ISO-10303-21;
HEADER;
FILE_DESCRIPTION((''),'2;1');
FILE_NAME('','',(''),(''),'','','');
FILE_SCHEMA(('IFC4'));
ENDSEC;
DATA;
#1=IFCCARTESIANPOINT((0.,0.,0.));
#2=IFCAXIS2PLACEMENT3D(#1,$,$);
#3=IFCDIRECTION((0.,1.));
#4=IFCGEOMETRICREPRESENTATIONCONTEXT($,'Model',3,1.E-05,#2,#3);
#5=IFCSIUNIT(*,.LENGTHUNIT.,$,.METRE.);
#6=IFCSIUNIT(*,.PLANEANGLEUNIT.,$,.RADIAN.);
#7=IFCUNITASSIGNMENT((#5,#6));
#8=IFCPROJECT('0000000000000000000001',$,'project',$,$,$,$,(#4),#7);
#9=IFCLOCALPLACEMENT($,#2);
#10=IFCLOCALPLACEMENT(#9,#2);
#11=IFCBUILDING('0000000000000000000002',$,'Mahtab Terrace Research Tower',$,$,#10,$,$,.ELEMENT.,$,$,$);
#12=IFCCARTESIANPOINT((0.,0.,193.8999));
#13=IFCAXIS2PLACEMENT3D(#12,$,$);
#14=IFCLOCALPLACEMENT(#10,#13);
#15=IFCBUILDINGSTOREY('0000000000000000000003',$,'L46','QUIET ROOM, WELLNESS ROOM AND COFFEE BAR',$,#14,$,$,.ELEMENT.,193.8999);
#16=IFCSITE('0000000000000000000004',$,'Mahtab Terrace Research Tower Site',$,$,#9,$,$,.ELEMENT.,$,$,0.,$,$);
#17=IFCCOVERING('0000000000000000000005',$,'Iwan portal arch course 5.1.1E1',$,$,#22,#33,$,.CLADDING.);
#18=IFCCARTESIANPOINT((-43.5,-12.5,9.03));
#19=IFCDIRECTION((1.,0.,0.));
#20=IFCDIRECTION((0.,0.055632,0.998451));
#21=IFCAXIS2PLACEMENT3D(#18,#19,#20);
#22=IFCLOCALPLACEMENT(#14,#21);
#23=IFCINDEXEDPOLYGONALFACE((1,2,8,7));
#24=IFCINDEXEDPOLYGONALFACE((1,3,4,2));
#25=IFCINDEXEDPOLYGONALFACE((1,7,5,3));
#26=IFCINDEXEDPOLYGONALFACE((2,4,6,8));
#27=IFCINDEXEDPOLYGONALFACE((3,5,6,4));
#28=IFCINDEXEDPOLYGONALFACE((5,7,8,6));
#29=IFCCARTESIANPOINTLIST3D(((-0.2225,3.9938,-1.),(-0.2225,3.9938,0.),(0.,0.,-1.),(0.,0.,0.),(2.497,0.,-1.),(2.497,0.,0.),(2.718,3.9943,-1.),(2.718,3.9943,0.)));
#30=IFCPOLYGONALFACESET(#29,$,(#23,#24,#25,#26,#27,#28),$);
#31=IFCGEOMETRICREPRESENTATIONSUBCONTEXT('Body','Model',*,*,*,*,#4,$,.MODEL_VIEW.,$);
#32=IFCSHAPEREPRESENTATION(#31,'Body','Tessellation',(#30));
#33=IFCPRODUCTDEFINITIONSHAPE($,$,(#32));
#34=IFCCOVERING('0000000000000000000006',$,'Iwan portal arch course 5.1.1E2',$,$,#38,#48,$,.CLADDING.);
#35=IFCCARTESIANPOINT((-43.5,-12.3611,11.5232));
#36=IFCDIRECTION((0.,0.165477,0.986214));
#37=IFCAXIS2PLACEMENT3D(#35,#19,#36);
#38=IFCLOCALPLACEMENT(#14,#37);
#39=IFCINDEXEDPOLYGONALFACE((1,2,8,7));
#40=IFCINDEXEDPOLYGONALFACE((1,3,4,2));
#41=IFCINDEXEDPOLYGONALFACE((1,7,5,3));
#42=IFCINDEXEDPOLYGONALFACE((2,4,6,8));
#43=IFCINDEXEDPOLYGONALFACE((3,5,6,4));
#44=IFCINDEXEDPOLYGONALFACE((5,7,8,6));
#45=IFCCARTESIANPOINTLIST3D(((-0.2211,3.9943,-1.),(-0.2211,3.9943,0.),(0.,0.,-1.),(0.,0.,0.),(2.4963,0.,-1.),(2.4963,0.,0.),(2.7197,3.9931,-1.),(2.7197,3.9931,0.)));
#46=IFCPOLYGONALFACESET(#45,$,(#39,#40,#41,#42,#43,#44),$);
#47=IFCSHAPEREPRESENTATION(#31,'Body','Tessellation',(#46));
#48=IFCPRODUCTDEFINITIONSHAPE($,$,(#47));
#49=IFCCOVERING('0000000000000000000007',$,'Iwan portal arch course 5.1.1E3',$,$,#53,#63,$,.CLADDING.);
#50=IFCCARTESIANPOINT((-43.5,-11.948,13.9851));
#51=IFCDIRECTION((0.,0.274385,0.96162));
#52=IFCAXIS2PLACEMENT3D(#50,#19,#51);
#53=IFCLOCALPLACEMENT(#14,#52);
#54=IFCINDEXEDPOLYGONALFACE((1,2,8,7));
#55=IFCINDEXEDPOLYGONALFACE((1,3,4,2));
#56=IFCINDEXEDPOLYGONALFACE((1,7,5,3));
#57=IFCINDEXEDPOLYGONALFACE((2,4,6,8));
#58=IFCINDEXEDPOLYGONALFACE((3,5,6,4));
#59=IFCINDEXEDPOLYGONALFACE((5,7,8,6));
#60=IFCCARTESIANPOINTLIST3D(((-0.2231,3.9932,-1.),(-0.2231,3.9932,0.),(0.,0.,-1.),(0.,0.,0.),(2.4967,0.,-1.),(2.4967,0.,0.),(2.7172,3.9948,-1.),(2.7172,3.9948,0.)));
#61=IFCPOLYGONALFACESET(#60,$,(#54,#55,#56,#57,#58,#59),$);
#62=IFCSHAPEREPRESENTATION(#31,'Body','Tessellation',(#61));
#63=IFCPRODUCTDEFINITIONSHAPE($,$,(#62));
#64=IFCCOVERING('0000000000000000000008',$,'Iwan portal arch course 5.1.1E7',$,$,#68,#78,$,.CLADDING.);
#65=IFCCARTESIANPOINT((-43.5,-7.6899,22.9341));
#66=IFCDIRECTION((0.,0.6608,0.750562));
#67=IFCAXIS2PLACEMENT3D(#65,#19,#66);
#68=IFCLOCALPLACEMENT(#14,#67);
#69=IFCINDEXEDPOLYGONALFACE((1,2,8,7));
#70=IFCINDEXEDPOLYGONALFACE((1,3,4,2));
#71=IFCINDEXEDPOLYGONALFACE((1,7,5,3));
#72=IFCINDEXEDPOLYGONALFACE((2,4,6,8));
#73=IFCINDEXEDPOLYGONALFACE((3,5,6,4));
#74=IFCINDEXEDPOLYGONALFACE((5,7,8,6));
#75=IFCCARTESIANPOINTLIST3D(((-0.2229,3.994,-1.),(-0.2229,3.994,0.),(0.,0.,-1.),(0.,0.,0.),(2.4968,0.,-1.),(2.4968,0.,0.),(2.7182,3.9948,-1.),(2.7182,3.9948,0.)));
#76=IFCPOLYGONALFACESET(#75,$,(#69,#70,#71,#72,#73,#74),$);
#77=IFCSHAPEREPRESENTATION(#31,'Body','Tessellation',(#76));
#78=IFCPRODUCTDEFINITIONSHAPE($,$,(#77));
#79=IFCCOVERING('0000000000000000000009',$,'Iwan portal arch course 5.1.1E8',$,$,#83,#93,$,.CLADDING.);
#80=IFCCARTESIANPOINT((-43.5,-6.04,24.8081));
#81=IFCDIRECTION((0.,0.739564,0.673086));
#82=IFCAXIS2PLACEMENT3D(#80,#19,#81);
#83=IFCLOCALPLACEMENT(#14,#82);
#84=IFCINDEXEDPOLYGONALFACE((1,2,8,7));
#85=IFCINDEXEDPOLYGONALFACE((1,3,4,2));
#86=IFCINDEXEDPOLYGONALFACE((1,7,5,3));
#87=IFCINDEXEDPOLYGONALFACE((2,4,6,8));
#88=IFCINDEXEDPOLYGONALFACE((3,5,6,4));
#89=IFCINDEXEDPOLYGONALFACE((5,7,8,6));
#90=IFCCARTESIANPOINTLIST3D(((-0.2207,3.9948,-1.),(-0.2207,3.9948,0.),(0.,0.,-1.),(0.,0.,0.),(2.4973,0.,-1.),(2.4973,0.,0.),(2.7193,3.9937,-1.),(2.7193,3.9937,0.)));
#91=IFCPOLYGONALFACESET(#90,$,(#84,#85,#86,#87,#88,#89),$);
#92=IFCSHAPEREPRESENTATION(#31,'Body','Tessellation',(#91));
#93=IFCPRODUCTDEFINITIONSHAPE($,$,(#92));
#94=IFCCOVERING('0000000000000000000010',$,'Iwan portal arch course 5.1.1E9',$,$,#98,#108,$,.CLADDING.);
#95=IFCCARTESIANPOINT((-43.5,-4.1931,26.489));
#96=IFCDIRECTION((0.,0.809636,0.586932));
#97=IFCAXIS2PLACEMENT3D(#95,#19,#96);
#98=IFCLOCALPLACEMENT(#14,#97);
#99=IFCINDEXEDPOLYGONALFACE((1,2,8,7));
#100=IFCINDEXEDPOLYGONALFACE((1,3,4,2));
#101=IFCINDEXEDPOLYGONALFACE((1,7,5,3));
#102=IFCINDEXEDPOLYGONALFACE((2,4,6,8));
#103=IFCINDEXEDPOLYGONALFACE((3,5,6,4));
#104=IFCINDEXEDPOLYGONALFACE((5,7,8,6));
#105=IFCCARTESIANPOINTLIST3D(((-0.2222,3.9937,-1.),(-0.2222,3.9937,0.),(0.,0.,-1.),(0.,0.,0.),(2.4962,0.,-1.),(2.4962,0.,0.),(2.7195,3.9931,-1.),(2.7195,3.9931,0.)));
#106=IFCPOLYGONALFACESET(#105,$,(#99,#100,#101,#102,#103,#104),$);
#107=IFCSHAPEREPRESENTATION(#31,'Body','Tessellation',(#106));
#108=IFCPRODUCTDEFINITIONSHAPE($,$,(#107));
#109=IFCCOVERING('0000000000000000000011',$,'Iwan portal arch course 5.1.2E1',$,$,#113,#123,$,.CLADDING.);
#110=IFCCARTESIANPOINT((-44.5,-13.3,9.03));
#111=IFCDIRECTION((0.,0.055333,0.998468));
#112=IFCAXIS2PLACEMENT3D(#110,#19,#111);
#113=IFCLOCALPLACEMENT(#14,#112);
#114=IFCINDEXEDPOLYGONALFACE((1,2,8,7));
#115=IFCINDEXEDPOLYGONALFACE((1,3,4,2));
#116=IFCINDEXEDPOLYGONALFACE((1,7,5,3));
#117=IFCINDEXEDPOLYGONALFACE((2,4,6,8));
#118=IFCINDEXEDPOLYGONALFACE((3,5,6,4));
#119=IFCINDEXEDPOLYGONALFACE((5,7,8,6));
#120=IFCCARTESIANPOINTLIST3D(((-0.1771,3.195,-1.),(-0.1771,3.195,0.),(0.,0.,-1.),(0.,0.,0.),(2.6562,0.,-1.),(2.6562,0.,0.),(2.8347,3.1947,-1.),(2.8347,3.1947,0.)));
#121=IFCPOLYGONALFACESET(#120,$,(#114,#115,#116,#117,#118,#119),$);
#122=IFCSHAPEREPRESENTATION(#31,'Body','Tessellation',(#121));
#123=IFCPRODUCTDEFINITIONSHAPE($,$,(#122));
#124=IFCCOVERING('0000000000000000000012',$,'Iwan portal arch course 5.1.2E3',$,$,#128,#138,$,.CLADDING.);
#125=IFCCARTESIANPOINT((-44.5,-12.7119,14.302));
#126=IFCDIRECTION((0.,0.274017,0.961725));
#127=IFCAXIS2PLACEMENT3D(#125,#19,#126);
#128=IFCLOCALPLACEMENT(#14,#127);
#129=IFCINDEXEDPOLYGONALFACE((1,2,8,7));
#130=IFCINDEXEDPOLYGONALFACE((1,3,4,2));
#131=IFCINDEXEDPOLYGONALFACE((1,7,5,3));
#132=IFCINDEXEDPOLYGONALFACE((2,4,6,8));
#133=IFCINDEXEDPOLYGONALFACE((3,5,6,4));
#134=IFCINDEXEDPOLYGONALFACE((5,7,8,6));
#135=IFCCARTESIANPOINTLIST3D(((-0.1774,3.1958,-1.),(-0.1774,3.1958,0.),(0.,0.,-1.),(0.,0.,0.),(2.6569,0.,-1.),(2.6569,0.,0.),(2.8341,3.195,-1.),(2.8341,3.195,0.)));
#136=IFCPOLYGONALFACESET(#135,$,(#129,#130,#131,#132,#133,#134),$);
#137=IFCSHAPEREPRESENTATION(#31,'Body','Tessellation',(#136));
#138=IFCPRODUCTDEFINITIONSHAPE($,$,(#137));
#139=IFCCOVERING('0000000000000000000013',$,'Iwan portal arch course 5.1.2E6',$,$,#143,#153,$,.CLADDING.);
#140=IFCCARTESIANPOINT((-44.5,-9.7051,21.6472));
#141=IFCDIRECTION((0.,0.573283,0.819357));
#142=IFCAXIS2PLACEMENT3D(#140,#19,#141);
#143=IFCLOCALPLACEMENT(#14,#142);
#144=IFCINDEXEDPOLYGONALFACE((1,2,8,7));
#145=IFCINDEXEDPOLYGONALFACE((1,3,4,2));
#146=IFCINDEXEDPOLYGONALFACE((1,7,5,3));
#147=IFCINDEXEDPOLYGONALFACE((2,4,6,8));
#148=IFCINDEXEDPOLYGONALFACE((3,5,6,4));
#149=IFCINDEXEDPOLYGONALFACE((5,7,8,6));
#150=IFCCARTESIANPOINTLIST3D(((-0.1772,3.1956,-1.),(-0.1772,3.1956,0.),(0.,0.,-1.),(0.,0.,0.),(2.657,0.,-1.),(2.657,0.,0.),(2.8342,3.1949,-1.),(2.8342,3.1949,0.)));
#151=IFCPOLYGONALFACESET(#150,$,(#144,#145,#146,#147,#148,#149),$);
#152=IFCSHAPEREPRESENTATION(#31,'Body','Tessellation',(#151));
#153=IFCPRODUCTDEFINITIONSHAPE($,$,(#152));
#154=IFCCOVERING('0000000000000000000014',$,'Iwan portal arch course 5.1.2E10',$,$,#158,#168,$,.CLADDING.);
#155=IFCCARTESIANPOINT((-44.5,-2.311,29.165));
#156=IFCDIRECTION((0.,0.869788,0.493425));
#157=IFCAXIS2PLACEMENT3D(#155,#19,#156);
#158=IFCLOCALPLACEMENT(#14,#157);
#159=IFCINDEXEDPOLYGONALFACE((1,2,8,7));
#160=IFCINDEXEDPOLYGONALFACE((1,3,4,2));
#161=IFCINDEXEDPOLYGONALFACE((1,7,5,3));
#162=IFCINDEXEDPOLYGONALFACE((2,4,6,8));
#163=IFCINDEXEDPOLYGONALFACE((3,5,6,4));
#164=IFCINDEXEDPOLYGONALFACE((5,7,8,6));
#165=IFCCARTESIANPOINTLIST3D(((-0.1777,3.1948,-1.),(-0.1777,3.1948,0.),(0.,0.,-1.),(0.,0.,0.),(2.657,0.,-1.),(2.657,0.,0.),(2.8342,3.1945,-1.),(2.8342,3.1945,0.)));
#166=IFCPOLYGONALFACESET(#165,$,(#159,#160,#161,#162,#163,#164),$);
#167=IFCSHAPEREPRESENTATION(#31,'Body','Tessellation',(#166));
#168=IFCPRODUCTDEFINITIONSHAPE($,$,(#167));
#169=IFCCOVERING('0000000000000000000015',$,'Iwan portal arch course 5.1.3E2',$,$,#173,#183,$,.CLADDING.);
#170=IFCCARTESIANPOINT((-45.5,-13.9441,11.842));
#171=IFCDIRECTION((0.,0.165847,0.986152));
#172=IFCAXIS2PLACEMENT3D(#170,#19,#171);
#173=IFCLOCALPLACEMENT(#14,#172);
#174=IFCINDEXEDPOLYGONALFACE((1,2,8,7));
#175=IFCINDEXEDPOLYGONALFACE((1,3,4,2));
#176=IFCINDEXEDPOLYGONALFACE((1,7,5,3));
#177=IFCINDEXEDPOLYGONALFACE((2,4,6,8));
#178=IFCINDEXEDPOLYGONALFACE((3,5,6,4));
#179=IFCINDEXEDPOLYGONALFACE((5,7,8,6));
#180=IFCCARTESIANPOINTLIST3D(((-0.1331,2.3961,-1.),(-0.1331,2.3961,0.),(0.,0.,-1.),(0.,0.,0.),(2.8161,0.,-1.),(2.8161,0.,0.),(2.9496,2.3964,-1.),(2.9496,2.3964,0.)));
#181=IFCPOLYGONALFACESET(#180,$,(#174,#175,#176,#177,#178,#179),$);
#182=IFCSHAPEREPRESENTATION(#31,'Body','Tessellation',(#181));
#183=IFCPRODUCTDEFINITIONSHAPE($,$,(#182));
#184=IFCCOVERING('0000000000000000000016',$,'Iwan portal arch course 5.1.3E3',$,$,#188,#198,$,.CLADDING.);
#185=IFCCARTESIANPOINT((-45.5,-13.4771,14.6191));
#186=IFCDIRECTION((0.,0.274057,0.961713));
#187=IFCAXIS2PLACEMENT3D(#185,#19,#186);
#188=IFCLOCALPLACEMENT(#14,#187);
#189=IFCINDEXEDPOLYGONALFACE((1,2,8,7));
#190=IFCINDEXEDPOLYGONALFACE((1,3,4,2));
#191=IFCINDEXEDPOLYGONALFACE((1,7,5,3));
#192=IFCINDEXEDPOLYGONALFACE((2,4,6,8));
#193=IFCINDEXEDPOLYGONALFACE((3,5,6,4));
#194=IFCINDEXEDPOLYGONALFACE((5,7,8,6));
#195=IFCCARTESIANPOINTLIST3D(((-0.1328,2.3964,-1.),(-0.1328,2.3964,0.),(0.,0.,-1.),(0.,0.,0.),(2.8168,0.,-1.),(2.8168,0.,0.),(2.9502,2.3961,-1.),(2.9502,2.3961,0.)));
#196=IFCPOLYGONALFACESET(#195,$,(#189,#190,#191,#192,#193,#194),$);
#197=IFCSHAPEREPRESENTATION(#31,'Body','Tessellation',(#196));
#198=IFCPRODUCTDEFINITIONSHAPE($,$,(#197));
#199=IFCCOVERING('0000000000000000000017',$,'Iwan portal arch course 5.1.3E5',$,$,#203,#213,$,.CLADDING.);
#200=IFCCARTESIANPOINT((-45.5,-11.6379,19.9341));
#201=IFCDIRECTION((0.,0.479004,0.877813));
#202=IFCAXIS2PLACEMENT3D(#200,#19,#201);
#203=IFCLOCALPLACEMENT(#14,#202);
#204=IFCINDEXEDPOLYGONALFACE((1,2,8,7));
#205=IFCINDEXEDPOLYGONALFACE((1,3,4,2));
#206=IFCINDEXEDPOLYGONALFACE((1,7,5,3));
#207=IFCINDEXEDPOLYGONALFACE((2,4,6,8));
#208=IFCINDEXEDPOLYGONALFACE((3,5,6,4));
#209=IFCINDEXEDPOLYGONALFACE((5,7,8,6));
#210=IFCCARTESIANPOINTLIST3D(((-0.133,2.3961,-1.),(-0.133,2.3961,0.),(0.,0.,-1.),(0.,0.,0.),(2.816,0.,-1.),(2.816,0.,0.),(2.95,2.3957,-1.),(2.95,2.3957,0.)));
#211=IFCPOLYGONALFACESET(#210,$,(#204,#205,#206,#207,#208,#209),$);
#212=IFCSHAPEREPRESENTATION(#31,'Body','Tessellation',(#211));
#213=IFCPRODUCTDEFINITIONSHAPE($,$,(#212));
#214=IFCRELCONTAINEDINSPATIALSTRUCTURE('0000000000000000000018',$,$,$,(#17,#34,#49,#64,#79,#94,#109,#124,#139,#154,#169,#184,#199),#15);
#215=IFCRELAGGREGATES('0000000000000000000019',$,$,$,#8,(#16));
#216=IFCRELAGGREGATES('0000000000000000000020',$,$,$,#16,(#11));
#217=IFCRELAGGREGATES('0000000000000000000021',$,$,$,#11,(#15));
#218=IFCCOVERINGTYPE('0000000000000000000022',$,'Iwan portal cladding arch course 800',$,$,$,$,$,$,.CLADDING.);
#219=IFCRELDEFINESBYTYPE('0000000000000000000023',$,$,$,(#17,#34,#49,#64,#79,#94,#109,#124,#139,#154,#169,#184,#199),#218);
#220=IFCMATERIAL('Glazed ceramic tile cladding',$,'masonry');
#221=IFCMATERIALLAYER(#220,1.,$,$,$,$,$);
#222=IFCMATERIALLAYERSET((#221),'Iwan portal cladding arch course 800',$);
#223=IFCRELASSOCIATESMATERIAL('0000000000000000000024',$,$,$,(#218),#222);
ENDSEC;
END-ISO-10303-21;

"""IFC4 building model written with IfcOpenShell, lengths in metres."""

from ifc_helpers import new_model, si_unit, direction, frame, origin, place, context, subcontext, project, spatial, polyline, outline, extrude, material, layer, layer_set, type_object, element, save


model = new_model("IFC4")

# Units and contexts
model_context = context("Model", 3, precision=1e-05, world=origin(), true_north=direction((0.0, 1.0)))
body_context = subcontext(model_context, "Body", "Model", "MODEL_VIEW")
ifc_project = project(units=[si_unit("LENGTHUNIT", "METRE"), si_unit("PLANEANGLEUNIT", "RADIAN")], contexts=[model_context])

# Site, building, storey
site_placement = place(None, origin())
site = spatial("IfcSite", under=ifc_project, at=site_placement, Name="Mahtab Terrace Research Tower Site", CompositionType="ELEMENT", RefElevation=0.0)
building_placement = place(site_placement, origin())
building = spatial("IfcBuilding", under=site, at=building_placement, Name="Mahtab Terrace Research Tower", CompositionType="ELEMENT")
storey_placement = place(building_placement, frame((0.0, 0.0, 193.8999)))
storey = spatial("IfcBuildingStorey", under=building, at=storey_placement, Name="L46", Description="QUIET ROOM, WELLNESS ROOM AND COFFEE BAR", CompositionType="ELEMENT", Elevation=193.8999)

# Coverings
ifc_material_1 = material(Name="Glazed ceramic tile cladding", Category="masonry")
ifc_layer_1 = layer(ifc_material_1, 1.0)
ifc_layer_set_1 = layer_set([ifc_layer_1], Name="Iwan portal cladding arch course 800")
covering_type_1 = type_object("IfcCoveringType", Name="Iwan portal cladding arch course 800", PredefinedType="CLADDING", material=ifc_layer_set_1)
covering_1_placement = place(storey_placement, frame((-43.5, -12.5, 9.03), z_axis=(1.0, 0.0, 0.0), x_axis=(0.0, 0.055632, 0.998451)))
element("IfcCovering", 1, at=covering_1_placement, inside=storey, type_object=covering_type_1, Name="Iwan portal arch course 5.1.1E1", PredefinedType="CLADDING", context=body_context, shape_type="SweptSolid", body=[
    extrude(outline(polyline([(0.0, 0.0), (2.497, 0.0), (2.718, 3.9943), (-0.2225, 3.9938), (0.0, 0.0)])), origin(), (0.0, 0.0, -1.0), 1.0),
])
covering_2_placement = place(storey_placement, frame((-43.5, -12.3611, 11.5232), z_axis=(1.0, 0.0, 0.0), x_axis=(0.0, 0.165477, 0.986214)))
element("IfcCovering", 2, at=covering_2_placement, inside=storey, type_object=covering_type_1, Name="Iwan portal arch course 5.1.1E2", PredefinedType="CLADDING", context=body_context, shape_type="SweptSolid", body=[
    extrude(outline(polyline([(0.0, 0.0), (2.4963, 0.0), (2.7197, 3.9931), (-0.2211, 3.9943), (0.0, 0.0)])), origin(), (0.0, 0.0, -1.0), 1.0),
])
covering_3_placement = place(storey_placement, frame((-43.5, -11.948, 13.9851), z_axis=(1.0, 0.0, 0.0), x_axis=(0.0, 0.274385, 0.96162)))
element("IfcCovering", 3, at=covering_3_placement, inside=storey, type_object=covering_type_1, Name="Iwan portal arch course 5.1.1E3", PredefinedType="CLADDING", context=body_context, shape_type="SweptSolid", body=[
    extrude(outline(polyline([(0.0, 0.0), (2.4967, 0.0), (2.7172, 3.9948), (-0.2231, 3.9932), (0.0, 0.0)])), origin(), (0.0, 0.0, -1.0), 1.0),
])
covering_4_placement = place(storey_placement, frame((-43.5, -7.6899, 22.9341), z_axis=(1.0, 0.0, 0.0), x_axis=(0.0, 0.6608, 0.750562)))
element("IfcCovering", 4, at=covering_4_placement, inside=storey, type_object=covering_type_1, Name="Iwan portal arch course 5.1.1E7", PredefinedType="CLADDING", context=body_context, shape_type="SweptSolid", body=[
    extrude(outline(polyline([(0.0, 0.0), (2.4968, 0.0), (2.7182, 3.9948), (-0.2229, 3.994), (0.0, 0.0)])), origin(), (0.0, 0.0, -1.0), 1.0),
])
covering_5_placement = place(storey_placement, frame((-43.5, -6.04, 24.8081), z_axis=(1.0, 0.0, 0.0), x_axis=(0.0, 0.739564, 0.673086)))
element("IfcCovering", 5, at=covering_5_placement, inside=storey, type_object=covering_type_1, Name="Iwan portal arch course 5.1.1E8", PredefinedType="CLADDING", context=body_context, shape_type="SweptSolid", body=[
    extrude(outline(polyline([(0.0, 0.0), (2.4973, 0.0), (2.7193, 3.9937), (-0.2207, 3.9948), (0.0, 0.0)])), origin(), (0.0, 0.0, -1.0), 1.0),
])
covering_6_placement = place(storey_placement, frame((-43.5, -4.1931, 26.489), z_axis=(1.0, 0.0, 0.0), x_axis=(0.0, 0.809636, 0.586932)))
element("IfcCovering", 6, at=covering_6_placement, inside=storey, type_object=covering_type_1, Name="Iwan portal arch course 5.1.1E9", PredefinedType="CLADDING", context=body_context, shape_type="SweptSolid", body=[
    extrude(outline(polyline([(0.0, 0.0), (2.4962, 0.0), (2.7195, 3.9931), (-0.2222, 3.9937), (0.0, 0.0)])), origin(), (0.0, 0.0, -1.0), 1.0),
])
covering_7_placement = place(storey_placement, frame((-44.5, -13.3, 9.03), z_axis=(1.0, 0.0, 0.0), x_axis=(0.0, 0.055333, 0.998468)))
element("IfcCovering", 7, at=covering_7_placement, inside=storey, type_object=covering_type_1, Name="Iwan portal arch course 5.1.2E1", PredefinedType="CLADDING", context=body_context, shape_type="SweptSolid", body=[
    extrude(outline(polyline([(0.0, 0.0), (2.6562, 0.0), (2.8347, 3.1947), (-0.1771, 3.195), (0.0, 0.0)])), origin(), (0.0, 0.0, -1.0), 1.0),
])
covering_8_placement = place(storey_placement, frame((-44.5, -12.7119, 14.302), z_axis=(1.0, 0.0, 0.0), x_axis=(0.0, 0.274017, 0.961725)))
element("IfcCovering", 8, at=covering_8_placement, inside=storey, type_object=covering_type_1, Name="Iwan portal arch course 5.1.2E3", PredefinedType="CLADDING", context=body_context, shape_type="SweptSolid", body=[
    extrude(outline(polyline([(0.0, 0.0), (2.6569, 0.0), (2.8341, 3.195), (-0.1774, 3.1958), (0.0, 0.0)])), origin(), (0.0, 0.0, -1.0), 1.0),
])
covering_9_placement = place(storey_placement, frame((-44.5, -9.7051, 21.6472), z_axis=(1.0, 0.0, 0.0), x_axis=(0.0, 0.573283, 0.819357)))
element("IfcCovering", 9, at=covering_9_placement, inside=storey, type_object=covering_type_1, Name="Iwan portal arch course 5.1.2E6", PredefinedType="CLADDING", context=body_context, shape_type="SweptSolid", body=[
    extrude(outline(polyline([(0.0, 0.0), (2.657, 0.0), (2.8342, 3.1949), (-0.1772, 3.1956), (0.0, 0.0)])), origin(), (0.0, 0.0, -1.0), 1.0),
])
covering_10_placement = place(storey_placement, frame((-44.5, -2.311, 29.165), z_axis=(1.0, 0.0, 0.0), x_axis=(0.0, 0.869788, 0.493425)))
element("IfcCovering", 10, at=covering_10_placement, inside=storey, type_object=covering_type_1, Name="Iwan portal arch course 5.1.2E10", PredefinedType="CLADDING", context=body_context, shape_type="SweptSolid", body=[
    extrude(outline(polyline([(0.0, 0.0), (2.657, 0.0), (2.8342, 3.1945), (-0.1777, 3.1948), (0.0, 0.0)])), origin(), (0.0, 0.0, -1.0), 1.0),
])
covering_11_placement = place(storey_placement, frame((-45.5, -13.9441, 11.842), z_axis=(1.0, 0.0, 0.0), x_axis=(0.0, 0.165847, 0.986152)))
element("IfcCovering", 11, at=covering_11_placement, inside=storey, type_object=covering_type_1, Name="Iwan portal arch course 5.1.3E2", PredefinedType="CLADDING", context=body_context, shape_type="SweptSolid", body=[
    extrude(outline(polyline([(0.0, 0.0), (2.8161, 0.0), (2.9496, 2.3964), (-0.1331, 2.3961), (0.0, 0.0)])), origin(), (0.0, 0.0, -1.0), 1.0),
])
covering_12_placement = place(storey_placement, frame((-45.5, -13.4771, 14.6191), z_axis=(1.0, 0.0, 0.0), x_axis=(0.0, 0.274057, 0.961713)))
element("IfcCovering", 12, at=covering_12_placement, inside=storey, type_object=covering_type_1, Name="Iwan portal arch course 5.1.3E3", PredefinedType="CLADDING", context=body_context, shape_type="SweptSolid", body=[
    extrude(outline(polyline([(0.0, 0.0), (2.8168, 0.0), (2.9502, 2.3961), (-0.1328, 2.3964), (0.0, 0.0)])), origin(), (0.0, 0.0, -1.0), 1.0),
])
covering_13_placement = place(storey_placement, frame((-45.5, -11.6379, 19.9341), z_axis=(1.0, 0.0, 0.0), x_axis=(0.0, 0.479004, 0.877813)))
element("IfcCovering", 13, at=covering_13_placement, inside=storey, type_object=covering_type_1, Name="Iwan portal arch course 5.1.3E5", PredefinedType="CLADDING", context=body_context, shape_type="SweptSolid", body=[
    extrude(outline(polyline([(0.0, 0.0), (2.816, 0.0), (2.95, 2.3957), (-0.133, 2.3961), (0.0, 0.0)])), origin(), (0.0, 0.0, -1.0), 1.0),
])

save(model, "model.ifc")
